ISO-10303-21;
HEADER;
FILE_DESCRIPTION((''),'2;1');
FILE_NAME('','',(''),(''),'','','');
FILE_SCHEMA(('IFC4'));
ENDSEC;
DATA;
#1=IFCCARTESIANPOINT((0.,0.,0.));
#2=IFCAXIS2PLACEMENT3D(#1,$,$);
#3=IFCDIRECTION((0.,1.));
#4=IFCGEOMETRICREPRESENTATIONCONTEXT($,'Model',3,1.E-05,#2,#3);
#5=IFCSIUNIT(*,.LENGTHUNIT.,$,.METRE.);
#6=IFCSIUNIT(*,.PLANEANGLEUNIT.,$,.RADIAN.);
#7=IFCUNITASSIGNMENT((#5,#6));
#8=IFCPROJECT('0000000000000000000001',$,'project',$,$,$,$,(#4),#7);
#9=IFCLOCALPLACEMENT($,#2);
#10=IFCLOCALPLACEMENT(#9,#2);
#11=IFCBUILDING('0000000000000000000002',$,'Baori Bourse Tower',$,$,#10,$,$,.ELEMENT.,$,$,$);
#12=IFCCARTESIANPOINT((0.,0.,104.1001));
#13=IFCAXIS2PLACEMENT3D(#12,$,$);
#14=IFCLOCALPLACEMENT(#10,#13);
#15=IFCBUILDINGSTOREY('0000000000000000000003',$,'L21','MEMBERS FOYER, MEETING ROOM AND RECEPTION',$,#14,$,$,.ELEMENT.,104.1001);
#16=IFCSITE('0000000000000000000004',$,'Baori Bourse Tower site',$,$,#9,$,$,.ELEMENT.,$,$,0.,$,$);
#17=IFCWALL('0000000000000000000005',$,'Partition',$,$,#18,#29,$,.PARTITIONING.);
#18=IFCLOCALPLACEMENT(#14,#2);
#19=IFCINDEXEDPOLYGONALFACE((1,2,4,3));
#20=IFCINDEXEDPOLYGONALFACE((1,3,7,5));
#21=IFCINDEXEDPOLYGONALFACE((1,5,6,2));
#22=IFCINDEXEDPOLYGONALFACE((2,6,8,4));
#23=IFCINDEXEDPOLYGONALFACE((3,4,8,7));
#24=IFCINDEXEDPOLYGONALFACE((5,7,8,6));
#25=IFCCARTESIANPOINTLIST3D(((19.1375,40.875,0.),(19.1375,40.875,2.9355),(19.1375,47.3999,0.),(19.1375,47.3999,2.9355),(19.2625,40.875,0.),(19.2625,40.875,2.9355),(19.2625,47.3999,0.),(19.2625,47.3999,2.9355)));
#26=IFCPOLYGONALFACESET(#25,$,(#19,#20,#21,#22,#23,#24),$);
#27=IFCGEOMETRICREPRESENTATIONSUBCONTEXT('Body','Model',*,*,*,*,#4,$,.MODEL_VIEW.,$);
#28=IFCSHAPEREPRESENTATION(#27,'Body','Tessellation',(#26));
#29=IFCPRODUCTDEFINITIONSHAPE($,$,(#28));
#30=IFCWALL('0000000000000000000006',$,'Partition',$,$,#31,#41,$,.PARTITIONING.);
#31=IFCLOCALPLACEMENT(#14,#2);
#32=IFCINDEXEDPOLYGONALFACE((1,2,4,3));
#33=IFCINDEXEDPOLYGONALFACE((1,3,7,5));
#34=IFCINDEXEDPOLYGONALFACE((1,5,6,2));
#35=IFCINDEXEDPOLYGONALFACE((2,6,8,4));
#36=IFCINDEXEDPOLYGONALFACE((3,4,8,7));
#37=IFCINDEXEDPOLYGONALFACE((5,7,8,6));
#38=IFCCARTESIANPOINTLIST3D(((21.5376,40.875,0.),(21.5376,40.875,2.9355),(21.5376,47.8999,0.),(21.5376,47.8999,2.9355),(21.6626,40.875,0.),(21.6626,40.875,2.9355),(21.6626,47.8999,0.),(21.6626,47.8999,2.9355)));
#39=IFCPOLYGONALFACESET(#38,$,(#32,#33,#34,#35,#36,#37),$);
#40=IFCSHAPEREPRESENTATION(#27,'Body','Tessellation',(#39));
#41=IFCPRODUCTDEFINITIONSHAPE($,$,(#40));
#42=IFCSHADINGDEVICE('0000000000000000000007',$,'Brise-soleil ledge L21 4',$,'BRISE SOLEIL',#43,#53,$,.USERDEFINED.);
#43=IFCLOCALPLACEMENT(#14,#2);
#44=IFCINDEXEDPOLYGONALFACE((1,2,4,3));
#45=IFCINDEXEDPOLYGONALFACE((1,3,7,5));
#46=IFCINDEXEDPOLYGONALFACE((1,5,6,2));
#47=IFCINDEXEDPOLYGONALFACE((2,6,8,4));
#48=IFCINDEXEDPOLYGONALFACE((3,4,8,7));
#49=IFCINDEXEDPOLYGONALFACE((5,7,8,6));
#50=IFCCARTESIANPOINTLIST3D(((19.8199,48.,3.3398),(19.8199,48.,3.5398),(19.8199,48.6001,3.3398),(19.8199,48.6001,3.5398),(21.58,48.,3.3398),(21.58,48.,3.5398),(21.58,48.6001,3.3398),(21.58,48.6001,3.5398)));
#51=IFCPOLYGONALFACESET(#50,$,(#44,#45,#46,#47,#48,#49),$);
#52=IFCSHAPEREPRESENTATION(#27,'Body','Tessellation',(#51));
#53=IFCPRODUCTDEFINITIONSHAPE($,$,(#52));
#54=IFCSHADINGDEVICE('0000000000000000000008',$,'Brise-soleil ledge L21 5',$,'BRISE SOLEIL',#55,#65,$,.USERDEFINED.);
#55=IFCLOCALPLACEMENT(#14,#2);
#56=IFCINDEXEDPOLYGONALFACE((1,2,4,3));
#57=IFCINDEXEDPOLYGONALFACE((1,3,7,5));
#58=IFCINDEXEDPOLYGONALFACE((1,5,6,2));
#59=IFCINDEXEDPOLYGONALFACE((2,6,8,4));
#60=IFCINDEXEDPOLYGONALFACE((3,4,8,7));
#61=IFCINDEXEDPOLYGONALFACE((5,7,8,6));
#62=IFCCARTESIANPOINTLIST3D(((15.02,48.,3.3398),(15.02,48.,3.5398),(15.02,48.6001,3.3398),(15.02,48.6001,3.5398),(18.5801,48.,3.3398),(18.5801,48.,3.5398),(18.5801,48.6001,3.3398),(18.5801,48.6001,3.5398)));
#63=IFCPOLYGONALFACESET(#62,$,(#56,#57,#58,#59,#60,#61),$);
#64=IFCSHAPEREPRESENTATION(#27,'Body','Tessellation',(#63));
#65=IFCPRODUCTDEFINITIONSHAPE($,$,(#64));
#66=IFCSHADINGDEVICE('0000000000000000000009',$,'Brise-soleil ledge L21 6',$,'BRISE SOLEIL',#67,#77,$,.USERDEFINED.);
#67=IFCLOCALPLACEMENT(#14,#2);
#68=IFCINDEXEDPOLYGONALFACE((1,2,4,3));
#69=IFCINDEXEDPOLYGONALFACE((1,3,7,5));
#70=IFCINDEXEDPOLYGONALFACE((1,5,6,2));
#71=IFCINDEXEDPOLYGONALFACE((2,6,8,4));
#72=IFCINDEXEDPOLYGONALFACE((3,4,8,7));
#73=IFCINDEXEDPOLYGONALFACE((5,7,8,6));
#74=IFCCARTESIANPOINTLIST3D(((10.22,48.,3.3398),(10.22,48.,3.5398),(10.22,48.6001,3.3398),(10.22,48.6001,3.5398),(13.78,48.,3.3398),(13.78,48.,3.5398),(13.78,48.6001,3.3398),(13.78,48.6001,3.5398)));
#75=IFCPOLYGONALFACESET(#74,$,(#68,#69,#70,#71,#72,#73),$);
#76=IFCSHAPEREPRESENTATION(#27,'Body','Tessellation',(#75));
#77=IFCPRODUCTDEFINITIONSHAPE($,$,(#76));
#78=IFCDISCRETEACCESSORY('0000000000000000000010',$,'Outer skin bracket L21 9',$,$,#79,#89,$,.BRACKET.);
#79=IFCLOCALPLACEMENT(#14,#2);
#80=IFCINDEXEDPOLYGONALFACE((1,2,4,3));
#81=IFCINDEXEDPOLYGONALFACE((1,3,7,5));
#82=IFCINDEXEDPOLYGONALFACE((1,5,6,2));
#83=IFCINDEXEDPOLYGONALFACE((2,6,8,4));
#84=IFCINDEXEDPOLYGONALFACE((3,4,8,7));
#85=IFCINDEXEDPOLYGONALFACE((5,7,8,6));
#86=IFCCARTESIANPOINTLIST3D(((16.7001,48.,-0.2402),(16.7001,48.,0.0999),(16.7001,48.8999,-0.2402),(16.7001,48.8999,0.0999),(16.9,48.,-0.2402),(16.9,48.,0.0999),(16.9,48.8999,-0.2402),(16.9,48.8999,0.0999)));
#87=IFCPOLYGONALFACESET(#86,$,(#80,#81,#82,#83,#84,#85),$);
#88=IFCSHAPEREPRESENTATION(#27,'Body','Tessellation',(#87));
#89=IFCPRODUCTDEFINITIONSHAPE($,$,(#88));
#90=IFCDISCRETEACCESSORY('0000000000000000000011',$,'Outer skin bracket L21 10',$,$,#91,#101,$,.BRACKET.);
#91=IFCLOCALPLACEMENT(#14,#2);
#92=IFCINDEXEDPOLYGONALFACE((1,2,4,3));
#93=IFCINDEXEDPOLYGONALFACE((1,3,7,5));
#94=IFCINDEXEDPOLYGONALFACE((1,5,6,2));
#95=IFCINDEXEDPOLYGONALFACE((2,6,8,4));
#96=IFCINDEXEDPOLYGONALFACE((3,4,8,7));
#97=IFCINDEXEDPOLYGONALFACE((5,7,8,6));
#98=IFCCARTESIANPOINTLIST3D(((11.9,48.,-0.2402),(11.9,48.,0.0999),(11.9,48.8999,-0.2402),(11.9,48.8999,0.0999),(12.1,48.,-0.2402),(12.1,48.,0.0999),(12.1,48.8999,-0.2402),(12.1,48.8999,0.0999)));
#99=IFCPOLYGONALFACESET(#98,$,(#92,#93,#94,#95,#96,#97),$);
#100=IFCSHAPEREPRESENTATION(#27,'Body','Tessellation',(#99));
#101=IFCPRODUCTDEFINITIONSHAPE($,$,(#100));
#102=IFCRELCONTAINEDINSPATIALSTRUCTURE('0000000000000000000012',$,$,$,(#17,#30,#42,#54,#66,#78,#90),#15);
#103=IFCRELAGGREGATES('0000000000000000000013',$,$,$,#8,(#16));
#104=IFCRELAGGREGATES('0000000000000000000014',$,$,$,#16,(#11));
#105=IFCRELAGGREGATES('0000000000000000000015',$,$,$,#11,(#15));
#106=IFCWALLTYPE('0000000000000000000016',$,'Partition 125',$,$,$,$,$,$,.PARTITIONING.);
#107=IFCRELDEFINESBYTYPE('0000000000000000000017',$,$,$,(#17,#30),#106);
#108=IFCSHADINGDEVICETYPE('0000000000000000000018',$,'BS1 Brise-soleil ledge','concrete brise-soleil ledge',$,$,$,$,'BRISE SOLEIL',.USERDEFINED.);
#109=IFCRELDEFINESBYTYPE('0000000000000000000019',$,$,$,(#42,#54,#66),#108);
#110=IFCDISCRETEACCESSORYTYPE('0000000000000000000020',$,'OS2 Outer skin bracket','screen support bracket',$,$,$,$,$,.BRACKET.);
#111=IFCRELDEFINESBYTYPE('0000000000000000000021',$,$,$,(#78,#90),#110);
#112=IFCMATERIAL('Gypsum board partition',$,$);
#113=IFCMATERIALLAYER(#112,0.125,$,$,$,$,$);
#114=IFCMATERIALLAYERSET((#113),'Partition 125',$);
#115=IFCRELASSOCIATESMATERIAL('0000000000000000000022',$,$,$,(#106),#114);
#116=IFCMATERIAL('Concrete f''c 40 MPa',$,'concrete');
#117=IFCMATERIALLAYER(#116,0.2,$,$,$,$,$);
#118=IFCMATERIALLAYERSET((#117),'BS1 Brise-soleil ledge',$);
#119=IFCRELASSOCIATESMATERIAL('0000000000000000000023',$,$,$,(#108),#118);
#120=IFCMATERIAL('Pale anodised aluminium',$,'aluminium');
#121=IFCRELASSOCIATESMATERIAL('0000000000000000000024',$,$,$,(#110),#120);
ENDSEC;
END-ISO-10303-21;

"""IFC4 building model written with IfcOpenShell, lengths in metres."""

from ifc_helpers import new_model, si_unit, direction, frame, frame_2d, origin, origin_2d, place, context, subcontext, project, spatial, rectangle, extrude, material, layer, layer_set, type_object, element, save


model = new_model("IFC4")

# Units and contexts
model_context = context("Model", 3, precision=1e-05, world=origin(), true_north=direction((0.0, 1.0)))
body_context = subcontext(model_context, "Body", "Model", "MODEL_VIEW")
ifc_project = project(units=[si_unit("LENGTHUNIT", "METRE"), si_unit("PLANEANGLEUNIT", "RADIAN")], contexts=[model_context])

# Site, building, storey
site_placement = place(None, origin())
site = spatial("IfcSite", under=ifc_project, at=site_placement, Name="Baori Bourse Tower site", CompositionType="ELEMENT", RefElevation=0.0)
building_placement = place(site_placement, origin())
building = spatial("IfcBuilding", under=site, at=building_placement, Name="Baori Bourse Tower", CompositionType="ELEMENT")
storey_placement = place(building_placement, frame((0.0, 0.0, 104.1001)))
storey = spatial("IfcBuildingStorey", under=building, at=storey_placement, Name="L21", Description="MEMBERS FOYER, MEETING ROOM AND RECEPTION", CompositionType="ELEMENT", Elevation=104.1001)

# Walls
ifc_material_1 = material(Name="Gypsum board partition")
ifc_layer_1 = layer(ifc_material_1, 0.125)
ifc_layer_set_1 = layer_set([ifc_layer_1], Name="Partition 125")
wall_type_1 = type_object("IfcWallType", Name="Partition 125", PredefinedType="PARTITIONING", material=ifc_layer_set_1)
wall_1_placement = place(storey_placement, frame((19.2, 40.875, 0.0), z_axis=(0.0, 0.0, 1.0), x_axis=(0.0, 1.0, 0.0)))
element("IfcWall", 1, at=wall_1_placement, inside=storey, type_object=wall_type_1, Name="Partition", PredefinedType="PARTITIONING", context=body_context, shape_type="SweptSolid", body=[
    extrude(rectangle(XDim=6.5249, YDim=0.125, at=frame_2d((3.2625, 0.0))), origin(), (0.0, 0.0, 1.0), 2.9355),
])
wall_2_placement = place(storey_placement, frame((21.6001, 40.875, 0.0), z_axis=(0.0, 0.0, 1.0), x_axis=(0.0, 1.0, 0.0)))
element("IfcWall", 2, at=wall_2_placement, inside=storey, type_object=wall_type_1, Name="Partition", PredefinedType="PARTITIONING", context=body_context, shape_type="SweptSolid", body=[
    extrude(rectangle(XDim=7.0249, YDim=0.125, at=frame_2d((3.5125, 0.0))), origin(), (0.0, 0.0, 1.0), 2.9355),
])

# Shading devices
ifc_material_2 = material(Name="Concrete f'c 40 MPa", Category="concrete")
ifc_layer_2 = layer(ifc_material_2, 0.2)
ifc_layer_set_2 = layer_set([ifc_layer_2], Name="BS1 Brise-soleil ledge")
shading_device_type = type_object("IfcShadingDeviceType", Name="BS1 Brise-soleil ledge", Description="concrete brise-soleil ledge", ElementType="BRISE SOLEIL", PredefinedType="USERDEFINED", material=ifc_layer_set_2)
shading_device_placement = place(storey_placement, frame((20.7, 48.3, 3.3398), z_axis=(0.0, 0.0, 1.0), x_axis=(-1.0, 0.0, 0.0)))
element("IfcShadingDevice", 3, at=shading_device_placement, inside=storey, type_object=shading_device_type, Name="Brise-soleil ledge L21 4", ObjectType="BRISE SOLEIL", PredefinedType="USERDEFINED", context=body_context, shape_type="SweptSolid", body=[
    extrude(rectangle(XDim=1.76, YDim=0.6001, at=origin_2d()), origin(), (0.0, 0.0, 1.0), 0.2),
])
for number, where, z_axis, x_axis, name in (
    (4, (16.8, 48.3, 3.3398), (0.0, 0.0, 1.0), (-1.0, 0.0, 0.0), "Brise-soleil ledge L21 5"),
    (5, (12.0, 48.3, 3.3398), (0.0, 0.0, 1.0), (-1.0, 0.0, 0.0), "Brise-soleil ledge L21 6"),
):
    element("IfcShadingDevice", number, at=place(storey_placement, frame(where, z_axis=z_axis, x_axis=x_axis)), inside=storey, type_object=shading_device_type, Name=name, ObjectType="BRISE SOLEIL", PredefinedType="USERDEFINED", context=body_context, shape_type="SweptSolid", body=[
        extrude(rectangle(XDim=3.5601, YDim=0.6001, at=origin_2d()), origin(), (0.0, 0.0, 1.0), 0.2),
    ])

# Discrete accessories
ifc_material_3 = material(Name="Pale anodised aluminium", Category="aluminium")
discrete_accessory_type = type_object("IfcDiscreteAccessoryType", Name="OS2 Outer skin bracket", Description="screen support bracket", PredefinedType="BRACKET", material=ifc_material_3)
for number, where, z_axis, x_axis, name in (
    (6, (16.8, 48.45, -0.2402), (0.0, 0.0, 1.0), (-1.0, 0.0, 0.0), "Outer skin bracket L21 9"),
    (7, (12.0, 48.45, -0.2402), (0.0, 0.0, 1.0), (-1.0, 0.0, 0.0), "Outer skin bracket L21 10"),
):
    element("IfcDiscreteAccessory", number, at=place(storey_placement, frame(where, z_axis=z_axis, x_axis=x_axis)), inside=storey, type_object=discrete_accessory_type, Name=name, PredefinedType="BRACKET", context=body_context, shape_type="SweptSolid", body=[
        extrude(rectangle(XDim=0.2, YDim=0.8999, at=origin_2d()), origin(), (0.0, 0.0, 1.0), 0.3401),
    ])

save(model, "model.ifc")
